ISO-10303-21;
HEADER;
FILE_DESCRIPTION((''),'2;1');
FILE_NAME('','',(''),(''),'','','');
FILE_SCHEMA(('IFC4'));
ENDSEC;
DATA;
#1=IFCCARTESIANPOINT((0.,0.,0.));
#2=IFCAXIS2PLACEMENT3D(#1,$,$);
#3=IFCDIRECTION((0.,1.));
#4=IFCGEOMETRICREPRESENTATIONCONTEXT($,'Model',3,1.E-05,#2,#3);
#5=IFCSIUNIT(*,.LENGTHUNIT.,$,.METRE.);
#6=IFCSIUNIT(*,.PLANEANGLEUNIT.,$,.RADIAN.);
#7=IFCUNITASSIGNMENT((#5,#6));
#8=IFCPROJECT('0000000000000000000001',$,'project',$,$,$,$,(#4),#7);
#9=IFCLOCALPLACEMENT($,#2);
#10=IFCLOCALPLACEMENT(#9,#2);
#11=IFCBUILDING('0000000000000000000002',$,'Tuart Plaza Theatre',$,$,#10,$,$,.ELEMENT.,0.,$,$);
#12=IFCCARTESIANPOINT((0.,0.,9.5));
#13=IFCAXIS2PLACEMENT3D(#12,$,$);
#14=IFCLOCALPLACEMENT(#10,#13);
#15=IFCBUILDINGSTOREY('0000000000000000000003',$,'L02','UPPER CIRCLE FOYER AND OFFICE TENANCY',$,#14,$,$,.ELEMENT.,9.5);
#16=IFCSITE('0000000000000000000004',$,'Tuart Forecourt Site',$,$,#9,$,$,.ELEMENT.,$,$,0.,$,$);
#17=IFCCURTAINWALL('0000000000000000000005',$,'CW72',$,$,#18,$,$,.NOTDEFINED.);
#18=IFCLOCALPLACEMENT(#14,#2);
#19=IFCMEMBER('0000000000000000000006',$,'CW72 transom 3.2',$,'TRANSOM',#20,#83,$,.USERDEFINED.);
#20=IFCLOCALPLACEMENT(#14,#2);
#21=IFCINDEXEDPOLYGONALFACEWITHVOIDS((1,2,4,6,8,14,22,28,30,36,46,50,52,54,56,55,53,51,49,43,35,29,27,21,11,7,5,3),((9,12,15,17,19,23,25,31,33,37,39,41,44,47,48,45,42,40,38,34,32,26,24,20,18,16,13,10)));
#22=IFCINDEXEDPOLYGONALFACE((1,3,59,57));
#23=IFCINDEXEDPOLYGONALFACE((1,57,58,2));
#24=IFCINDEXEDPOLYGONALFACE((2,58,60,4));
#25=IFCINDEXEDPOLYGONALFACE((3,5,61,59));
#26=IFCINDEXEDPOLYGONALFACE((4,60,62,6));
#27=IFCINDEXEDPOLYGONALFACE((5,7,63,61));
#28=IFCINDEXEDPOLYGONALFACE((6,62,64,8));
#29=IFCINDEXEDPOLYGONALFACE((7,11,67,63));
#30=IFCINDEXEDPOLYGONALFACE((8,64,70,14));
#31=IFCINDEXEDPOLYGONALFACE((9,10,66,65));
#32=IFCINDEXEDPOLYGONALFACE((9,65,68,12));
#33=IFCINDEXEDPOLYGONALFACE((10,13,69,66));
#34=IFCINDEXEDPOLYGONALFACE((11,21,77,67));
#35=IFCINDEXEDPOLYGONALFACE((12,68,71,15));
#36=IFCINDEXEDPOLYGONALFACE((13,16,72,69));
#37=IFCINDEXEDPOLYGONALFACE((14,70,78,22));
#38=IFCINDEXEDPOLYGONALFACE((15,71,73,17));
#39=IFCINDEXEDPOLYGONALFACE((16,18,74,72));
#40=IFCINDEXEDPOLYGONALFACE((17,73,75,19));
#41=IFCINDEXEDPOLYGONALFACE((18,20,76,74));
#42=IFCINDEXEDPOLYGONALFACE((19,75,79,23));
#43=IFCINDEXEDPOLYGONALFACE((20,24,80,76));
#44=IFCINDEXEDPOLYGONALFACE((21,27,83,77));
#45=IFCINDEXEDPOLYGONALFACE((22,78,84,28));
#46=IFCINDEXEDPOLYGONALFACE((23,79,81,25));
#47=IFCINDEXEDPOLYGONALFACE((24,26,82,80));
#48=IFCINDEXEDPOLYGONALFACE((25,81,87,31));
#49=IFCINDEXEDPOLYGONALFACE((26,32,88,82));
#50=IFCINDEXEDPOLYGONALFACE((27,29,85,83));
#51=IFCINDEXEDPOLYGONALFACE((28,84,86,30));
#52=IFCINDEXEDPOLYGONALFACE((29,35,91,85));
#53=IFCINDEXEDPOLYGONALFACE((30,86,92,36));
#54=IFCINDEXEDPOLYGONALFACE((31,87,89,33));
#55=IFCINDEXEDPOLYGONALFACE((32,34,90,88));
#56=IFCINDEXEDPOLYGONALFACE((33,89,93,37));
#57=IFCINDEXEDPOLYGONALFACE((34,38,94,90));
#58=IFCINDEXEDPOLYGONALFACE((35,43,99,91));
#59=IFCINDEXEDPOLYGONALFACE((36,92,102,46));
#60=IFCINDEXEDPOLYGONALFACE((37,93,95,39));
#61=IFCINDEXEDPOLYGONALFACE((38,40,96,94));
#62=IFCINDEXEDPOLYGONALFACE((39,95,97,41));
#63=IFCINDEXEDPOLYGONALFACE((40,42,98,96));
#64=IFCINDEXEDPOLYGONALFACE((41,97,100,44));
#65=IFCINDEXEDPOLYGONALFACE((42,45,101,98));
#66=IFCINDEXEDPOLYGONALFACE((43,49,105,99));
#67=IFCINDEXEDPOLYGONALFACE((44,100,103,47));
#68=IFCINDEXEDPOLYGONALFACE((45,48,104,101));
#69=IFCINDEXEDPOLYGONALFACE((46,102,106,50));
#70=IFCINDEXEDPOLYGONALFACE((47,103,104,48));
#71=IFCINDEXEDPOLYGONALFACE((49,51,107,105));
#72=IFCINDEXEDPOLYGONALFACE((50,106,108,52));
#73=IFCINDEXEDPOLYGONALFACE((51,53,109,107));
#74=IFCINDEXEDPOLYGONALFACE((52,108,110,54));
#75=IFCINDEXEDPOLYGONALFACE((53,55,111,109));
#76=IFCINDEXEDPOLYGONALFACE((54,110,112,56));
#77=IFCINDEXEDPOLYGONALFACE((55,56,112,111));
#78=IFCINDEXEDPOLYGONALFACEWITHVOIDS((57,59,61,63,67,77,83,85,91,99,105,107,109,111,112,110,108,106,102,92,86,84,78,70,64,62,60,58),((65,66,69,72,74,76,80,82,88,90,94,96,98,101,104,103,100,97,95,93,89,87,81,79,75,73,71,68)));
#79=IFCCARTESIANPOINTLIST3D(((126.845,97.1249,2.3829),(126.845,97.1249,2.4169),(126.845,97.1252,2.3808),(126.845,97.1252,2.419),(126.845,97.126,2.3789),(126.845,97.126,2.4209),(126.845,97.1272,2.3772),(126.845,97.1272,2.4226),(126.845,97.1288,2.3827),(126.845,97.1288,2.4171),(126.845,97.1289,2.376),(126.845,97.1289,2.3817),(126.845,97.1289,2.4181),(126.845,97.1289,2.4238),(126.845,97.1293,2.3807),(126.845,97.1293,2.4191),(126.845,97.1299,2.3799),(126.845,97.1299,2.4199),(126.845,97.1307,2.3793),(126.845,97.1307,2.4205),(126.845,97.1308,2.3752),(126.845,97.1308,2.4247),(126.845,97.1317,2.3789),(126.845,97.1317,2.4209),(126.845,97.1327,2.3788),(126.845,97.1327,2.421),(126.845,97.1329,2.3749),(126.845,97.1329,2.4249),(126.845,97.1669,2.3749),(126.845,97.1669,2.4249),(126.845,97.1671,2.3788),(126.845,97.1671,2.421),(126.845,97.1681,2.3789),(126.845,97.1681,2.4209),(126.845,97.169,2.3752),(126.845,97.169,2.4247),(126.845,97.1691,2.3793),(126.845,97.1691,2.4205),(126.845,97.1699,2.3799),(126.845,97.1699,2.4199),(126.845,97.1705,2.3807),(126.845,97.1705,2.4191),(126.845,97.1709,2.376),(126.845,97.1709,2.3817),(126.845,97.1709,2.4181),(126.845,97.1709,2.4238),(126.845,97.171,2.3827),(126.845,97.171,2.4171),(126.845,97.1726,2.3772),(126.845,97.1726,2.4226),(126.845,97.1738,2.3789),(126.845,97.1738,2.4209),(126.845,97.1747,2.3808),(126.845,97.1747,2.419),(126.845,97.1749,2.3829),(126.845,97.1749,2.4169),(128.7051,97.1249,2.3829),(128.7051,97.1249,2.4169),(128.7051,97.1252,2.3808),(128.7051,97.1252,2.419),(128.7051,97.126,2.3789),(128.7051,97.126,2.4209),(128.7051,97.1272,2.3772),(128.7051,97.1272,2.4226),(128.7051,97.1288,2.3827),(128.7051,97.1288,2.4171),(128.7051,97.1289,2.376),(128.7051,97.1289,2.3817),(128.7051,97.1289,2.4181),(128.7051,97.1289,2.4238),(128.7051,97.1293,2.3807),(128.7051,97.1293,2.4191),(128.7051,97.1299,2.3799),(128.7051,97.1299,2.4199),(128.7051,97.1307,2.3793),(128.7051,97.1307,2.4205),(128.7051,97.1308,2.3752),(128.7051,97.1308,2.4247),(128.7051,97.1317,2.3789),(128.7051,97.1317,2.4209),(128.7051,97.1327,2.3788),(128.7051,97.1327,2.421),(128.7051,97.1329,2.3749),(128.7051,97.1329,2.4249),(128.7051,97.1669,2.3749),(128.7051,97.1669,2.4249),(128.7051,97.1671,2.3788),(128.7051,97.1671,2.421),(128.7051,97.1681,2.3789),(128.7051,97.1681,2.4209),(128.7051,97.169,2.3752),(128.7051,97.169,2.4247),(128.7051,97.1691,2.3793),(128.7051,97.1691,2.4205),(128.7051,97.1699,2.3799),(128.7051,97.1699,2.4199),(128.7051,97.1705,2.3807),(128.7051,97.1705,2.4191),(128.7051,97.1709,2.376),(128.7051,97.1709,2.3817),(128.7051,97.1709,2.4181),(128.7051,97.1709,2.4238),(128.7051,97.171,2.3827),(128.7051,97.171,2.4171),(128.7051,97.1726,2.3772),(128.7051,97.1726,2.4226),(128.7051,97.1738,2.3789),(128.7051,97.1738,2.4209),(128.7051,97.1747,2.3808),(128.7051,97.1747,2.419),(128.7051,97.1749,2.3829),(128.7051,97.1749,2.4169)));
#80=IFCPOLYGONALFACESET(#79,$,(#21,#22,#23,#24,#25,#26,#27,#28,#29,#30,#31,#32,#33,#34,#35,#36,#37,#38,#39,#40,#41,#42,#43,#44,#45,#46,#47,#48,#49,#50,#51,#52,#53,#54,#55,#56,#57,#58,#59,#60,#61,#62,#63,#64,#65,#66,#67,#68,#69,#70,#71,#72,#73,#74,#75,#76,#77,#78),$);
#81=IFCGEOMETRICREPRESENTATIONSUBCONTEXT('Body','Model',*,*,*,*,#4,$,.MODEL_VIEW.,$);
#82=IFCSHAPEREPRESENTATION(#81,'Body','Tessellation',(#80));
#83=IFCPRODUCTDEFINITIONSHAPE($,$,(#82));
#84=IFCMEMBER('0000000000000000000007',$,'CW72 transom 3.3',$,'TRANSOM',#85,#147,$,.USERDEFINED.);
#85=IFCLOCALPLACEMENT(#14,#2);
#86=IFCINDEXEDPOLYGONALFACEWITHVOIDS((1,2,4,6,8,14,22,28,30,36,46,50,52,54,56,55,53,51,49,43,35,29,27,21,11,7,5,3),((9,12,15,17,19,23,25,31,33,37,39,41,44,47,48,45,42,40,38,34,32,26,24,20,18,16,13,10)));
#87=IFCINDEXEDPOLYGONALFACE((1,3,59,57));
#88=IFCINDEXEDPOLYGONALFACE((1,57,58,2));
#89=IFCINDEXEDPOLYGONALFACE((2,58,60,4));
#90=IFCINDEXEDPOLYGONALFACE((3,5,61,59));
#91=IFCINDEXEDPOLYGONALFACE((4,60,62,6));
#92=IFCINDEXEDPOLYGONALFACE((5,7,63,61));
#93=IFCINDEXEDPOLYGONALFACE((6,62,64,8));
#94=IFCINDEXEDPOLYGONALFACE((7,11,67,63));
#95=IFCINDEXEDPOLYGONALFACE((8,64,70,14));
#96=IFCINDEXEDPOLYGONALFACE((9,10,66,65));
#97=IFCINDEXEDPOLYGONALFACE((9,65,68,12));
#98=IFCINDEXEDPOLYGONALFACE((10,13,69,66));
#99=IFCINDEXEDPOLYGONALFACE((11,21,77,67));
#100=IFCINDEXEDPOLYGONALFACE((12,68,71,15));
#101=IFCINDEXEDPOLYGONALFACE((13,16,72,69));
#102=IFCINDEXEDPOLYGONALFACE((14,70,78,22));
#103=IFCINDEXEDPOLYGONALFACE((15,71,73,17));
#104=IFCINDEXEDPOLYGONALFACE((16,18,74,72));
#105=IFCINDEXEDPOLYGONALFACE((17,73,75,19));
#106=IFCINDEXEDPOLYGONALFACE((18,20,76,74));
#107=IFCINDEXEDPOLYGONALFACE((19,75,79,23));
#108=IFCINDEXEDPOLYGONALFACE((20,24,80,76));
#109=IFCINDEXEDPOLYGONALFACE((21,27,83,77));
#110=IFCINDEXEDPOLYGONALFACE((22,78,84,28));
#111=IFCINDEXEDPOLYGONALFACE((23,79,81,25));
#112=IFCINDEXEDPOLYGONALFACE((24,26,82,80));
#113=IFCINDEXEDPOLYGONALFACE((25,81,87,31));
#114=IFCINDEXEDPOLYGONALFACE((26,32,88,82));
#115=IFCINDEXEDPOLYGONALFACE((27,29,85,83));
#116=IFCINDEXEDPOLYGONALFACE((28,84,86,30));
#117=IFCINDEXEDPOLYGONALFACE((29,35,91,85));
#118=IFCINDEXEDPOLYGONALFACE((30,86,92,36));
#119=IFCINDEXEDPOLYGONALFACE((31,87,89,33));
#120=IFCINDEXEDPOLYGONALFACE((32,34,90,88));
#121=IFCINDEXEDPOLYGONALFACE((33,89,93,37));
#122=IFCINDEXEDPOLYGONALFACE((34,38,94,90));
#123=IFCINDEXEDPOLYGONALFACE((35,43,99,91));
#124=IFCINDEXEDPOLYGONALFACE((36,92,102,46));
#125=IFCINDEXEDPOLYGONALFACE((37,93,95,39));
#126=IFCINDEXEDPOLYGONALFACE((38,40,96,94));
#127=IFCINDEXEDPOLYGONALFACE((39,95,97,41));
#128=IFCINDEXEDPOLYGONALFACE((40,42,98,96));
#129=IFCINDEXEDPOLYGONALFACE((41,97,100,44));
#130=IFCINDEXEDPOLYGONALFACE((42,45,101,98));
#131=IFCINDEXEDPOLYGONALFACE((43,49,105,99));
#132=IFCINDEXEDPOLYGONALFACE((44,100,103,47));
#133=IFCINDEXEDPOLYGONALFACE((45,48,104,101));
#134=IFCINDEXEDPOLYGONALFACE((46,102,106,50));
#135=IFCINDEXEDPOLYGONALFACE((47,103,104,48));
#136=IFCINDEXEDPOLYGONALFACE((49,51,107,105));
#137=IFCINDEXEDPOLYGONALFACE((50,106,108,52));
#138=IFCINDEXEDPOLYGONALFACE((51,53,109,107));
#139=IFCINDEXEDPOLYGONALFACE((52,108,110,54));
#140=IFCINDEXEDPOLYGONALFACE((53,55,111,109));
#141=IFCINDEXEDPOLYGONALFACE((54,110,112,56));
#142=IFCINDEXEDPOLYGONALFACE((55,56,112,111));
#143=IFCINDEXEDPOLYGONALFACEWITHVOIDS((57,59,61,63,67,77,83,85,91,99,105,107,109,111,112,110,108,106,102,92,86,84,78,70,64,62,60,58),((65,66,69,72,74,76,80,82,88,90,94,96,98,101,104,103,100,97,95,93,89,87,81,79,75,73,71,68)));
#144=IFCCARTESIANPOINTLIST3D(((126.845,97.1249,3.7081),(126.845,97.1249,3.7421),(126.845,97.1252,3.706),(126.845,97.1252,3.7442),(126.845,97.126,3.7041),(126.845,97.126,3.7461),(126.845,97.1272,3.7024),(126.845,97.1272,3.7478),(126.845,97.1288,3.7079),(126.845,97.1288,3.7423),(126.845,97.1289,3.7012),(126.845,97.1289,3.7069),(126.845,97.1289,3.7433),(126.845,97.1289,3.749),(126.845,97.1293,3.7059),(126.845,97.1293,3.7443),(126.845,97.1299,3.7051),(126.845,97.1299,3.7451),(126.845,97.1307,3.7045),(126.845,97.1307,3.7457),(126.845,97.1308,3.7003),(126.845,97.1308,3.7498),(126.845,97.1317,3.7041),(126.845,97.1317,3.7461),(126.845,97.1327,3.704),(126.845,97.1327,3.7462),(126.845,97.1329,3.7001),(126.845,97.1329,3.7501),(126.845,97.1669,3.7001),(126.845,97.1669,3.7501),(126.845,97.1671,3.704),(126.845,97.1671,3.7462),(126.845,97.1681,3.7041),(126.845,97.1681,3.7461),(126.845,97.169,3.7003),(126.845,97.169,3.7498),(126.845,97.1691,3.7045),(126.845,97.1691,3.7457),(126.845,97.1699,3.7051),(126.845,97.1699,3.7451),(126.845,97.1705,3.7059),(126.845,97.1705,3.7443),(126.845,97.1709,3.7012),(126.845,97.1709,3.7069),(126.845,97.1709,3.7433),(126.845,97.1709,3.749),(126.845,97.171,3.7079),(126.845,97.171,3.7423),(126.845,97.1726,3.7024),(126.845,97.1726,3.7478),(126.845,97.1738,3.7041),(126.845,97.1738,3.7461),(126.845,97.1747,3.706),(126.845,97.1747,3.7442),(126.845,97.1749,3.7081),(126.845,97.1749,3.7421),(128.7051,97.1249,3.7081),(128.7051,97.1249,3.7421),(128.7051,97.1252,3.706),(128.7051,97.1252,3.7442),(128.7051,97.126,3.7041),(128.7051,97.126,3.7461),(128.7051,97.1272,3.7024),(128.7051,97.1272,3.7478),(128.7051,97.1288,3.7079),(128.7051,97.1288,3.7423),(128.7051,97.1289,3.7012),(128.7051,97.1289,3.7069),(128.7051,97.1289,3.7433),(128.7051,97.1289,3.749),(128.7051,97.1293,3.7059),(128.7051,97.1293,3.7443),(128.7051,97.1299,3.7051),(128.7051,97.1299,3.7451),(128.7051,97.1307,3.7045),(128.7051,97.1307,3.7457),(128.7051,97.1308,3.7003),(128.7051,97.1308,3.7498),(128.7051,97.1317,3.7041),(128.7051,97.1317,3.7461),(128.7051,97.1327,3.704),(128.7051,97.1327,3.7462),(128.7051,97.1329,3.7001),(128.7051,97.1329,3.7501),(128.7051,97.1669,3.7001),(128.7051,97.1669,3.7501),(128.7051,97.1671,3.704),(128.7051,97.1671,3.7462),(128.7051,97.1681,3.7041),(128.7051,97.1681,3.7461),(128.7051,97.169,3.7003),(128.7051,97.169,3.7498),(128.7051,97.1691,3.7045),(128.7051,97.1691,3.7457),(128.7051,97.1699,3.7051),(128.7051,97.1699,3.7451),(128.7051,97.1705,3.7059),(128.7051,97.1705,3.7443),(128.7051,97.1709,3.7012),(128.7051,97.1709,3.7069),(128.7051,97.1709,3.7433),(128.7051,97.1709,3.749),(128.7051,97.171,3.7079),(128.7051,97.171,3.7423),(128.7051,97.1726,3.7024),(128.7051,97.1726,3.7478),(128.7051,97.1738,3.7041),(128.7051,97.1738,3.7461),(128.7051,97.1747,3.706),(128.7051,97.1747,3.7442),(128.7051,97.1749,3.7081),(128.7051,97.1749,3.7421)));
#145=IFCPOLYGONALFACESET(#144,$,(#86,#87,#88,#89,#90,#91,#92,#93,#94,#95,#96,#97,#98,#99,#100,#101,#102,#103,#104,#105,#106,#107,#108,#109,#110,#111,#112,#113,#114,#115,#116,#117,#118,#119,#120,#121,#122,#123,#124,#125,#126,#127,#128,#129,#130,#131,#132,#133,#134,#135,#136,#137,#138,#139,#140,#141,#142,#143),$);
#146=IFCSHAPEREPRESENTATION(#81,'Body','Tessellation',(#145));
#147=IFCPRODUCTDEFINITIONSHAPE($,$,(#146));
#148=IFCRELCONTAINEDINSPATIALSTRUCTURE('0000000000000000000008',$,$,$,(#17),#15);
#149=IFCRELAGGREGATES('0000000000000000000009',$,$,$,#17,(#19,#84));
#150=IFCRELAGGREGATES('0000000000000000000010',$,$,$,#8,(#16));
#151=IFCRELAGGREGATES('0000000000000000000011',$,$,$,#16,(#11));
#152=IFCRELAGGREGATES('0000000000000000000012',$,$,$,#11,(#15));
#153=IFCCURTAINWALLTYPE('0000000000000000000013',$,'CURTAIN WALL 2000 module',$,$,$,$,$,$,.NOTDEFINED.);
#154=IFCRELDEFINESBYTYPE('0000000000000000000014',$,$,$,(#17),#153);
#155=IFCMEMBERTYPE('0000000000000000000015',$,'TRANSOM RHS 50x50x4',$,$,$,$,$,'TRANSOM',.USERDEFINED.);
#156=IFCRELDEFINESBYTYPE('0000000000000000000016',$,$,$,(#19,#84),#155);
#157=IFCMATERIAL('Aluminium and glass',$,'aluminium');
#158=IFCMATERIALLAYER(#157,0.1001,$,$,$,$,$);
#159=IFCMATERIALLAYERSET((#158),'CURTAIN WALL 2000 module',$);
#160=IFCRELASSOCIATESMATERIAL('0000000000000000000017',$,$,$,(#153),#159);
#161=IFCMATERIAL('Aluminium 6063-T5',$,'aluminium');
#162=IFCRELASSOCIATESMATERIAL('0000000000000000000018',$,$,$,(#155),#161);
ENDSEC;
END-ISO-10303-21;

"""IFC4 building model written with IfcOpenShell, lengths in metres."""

from ifc_helpers import new_model, si_unit, direction, frame, origin, origin_2d, place, context, subcontext, project, spatial, hollow_rectangle, extrude, material, layer, layer_set, material_profile, profile_set, type_object, element, aggregate, save


model = new_model("IFC4")

# Units and contexts
model_context = context("Model", 3, precision=1e-05, world=origin(), true_north=direction((0.0, 1.0)))
body_context = subcontext(model_context, "Body", "Model", "MODEL_VIEW")
ifc_project = project(units=[si_unit("LENGTHUNIT", "METRE"), si_unit("PLANEANGLEUNIT", "RADIAN")], contexts=[model_context])

# Site, building, storey
site_placement = place(None, origin())
site = spatial("IfcSite", under=ifc_project, at=site_placement, Name="Tuart Forecourt Site", CompositionType="ELEMENT", RefElevation=0.0)
building_placement = place(site_placement, origin())
building = spatial("IfcBuilding", under=site, at=building_placement, Name="Tuart Plaza Theatre", CompositionType="ELEMENT", ElevationOfRefHeight=0.0)
storey_placement = place(building_placement, frame((0.0, 0.0, 9.5)))
storey = spatial("IfcBuildingStorey", under=building, at=storey_placement, Name="L02", Description="UPPER CIRCLE FOYER AND OFFICE TENANCY", CompositionType="ELEMENT", Elevation=9.5)

# Curtain wall, members
ifc_material_1 = material(Name="Aluminium and glass", Category="aluminium")
ifc_layer_1 = layer(ifc_material_1, 0.1001)
ifc_layer_set_1 = layer_set([ifc_layer_1], Name="CURTAIN WALL 2000 module")
curtain_wall_type = type_object("IfcCurtainWallType", Name="CURTAIN WALL 2000 module", PredefinedType="NOTDEFINED", material=ifc_layer_set_1)
curtain_wall_placement = place(storey_placement, origin())
curtain_wall = element("IfcCurtainWall", 1, at=curtain_wall_placement, inside=storey, type_object=curtain_wall_type, Name="CW72", PredefinedType="NOTDEFINED")
ifc_material_2 = material(Name="Aluminium 6063-T5", Category="aluminium")
ifc_material_profile_1 = material_profile(ifc_material_2, hollow_rectangle(XDim=0.05, YDim=0.05, WallThickness=0.0039, InnerFilletRadius=0.0039, OuterFilletRadius=0.0081, at=origin_2d()), Name="RHS 50x50x4")
ifc_profile_set_1 = profile_set([ifc_material_profile_1], Name="Aluminium 6063-T5")
member_type_1 = type_object("IfcMemberType", Name="TRANSOM RHS 50x50x4", ElementType="TRANSOM", PredefinedType="USERDEFINED", material=ifc_profile_set_1)
member_1_placement = place(storey_placement, frame((128.7051, 97.1499, 2.3999), z_axis=(-1.0, 0.0, 0.0), x_axis=(0.0, -1.0, 0.0)))
member_1 = element("IfcMember", 2, at=member_1_placement, type_object=member_type_1, Name="CW72 transom 3.2", ObjectType="TRANSOM", PredefinedType="USERDEFINED", context=body_context, shape_type="SweptSolid", body=[
    extrude(hollow_rectangle(XDim=0.05, YDim=0.05, WallThickness=0.0039, InnerFilletRadius=0.0039, OuterFilletRadius=0.0081, at=origin_2d()), origin(), (0.0, 0.0, 1.0), 1.8601),
])
member_2_placement = place(storey_placement, frame((128.7051, 97.1499, 3.7251), z_axis=(-1.0, 0.0, 0.0), x_axis=(0.0, -1.0, 0.0)))
member_2 = element("IfcMember", 3, at=member_2_placement, type_object=member_type_1, Name="CW72 transom 3.3", ObjectType="TRANSOM", PredefinedType="USERDEFINED", context=body_context, shape_type="SweptSolid", body=[
    extrude(hollow_rectangle(XDim=0.05, YDim=0.05, WallThickness=0.0039, InnerFilletRadius=0.0039, OuterFilletRadius=0.0081, at=origin_2d()), origin(), (0.0, 0.0, 1.0), 1.8601),
])
aggregate(curtain_wall, [member_1, member_2])

save(model, "model.ifc")
